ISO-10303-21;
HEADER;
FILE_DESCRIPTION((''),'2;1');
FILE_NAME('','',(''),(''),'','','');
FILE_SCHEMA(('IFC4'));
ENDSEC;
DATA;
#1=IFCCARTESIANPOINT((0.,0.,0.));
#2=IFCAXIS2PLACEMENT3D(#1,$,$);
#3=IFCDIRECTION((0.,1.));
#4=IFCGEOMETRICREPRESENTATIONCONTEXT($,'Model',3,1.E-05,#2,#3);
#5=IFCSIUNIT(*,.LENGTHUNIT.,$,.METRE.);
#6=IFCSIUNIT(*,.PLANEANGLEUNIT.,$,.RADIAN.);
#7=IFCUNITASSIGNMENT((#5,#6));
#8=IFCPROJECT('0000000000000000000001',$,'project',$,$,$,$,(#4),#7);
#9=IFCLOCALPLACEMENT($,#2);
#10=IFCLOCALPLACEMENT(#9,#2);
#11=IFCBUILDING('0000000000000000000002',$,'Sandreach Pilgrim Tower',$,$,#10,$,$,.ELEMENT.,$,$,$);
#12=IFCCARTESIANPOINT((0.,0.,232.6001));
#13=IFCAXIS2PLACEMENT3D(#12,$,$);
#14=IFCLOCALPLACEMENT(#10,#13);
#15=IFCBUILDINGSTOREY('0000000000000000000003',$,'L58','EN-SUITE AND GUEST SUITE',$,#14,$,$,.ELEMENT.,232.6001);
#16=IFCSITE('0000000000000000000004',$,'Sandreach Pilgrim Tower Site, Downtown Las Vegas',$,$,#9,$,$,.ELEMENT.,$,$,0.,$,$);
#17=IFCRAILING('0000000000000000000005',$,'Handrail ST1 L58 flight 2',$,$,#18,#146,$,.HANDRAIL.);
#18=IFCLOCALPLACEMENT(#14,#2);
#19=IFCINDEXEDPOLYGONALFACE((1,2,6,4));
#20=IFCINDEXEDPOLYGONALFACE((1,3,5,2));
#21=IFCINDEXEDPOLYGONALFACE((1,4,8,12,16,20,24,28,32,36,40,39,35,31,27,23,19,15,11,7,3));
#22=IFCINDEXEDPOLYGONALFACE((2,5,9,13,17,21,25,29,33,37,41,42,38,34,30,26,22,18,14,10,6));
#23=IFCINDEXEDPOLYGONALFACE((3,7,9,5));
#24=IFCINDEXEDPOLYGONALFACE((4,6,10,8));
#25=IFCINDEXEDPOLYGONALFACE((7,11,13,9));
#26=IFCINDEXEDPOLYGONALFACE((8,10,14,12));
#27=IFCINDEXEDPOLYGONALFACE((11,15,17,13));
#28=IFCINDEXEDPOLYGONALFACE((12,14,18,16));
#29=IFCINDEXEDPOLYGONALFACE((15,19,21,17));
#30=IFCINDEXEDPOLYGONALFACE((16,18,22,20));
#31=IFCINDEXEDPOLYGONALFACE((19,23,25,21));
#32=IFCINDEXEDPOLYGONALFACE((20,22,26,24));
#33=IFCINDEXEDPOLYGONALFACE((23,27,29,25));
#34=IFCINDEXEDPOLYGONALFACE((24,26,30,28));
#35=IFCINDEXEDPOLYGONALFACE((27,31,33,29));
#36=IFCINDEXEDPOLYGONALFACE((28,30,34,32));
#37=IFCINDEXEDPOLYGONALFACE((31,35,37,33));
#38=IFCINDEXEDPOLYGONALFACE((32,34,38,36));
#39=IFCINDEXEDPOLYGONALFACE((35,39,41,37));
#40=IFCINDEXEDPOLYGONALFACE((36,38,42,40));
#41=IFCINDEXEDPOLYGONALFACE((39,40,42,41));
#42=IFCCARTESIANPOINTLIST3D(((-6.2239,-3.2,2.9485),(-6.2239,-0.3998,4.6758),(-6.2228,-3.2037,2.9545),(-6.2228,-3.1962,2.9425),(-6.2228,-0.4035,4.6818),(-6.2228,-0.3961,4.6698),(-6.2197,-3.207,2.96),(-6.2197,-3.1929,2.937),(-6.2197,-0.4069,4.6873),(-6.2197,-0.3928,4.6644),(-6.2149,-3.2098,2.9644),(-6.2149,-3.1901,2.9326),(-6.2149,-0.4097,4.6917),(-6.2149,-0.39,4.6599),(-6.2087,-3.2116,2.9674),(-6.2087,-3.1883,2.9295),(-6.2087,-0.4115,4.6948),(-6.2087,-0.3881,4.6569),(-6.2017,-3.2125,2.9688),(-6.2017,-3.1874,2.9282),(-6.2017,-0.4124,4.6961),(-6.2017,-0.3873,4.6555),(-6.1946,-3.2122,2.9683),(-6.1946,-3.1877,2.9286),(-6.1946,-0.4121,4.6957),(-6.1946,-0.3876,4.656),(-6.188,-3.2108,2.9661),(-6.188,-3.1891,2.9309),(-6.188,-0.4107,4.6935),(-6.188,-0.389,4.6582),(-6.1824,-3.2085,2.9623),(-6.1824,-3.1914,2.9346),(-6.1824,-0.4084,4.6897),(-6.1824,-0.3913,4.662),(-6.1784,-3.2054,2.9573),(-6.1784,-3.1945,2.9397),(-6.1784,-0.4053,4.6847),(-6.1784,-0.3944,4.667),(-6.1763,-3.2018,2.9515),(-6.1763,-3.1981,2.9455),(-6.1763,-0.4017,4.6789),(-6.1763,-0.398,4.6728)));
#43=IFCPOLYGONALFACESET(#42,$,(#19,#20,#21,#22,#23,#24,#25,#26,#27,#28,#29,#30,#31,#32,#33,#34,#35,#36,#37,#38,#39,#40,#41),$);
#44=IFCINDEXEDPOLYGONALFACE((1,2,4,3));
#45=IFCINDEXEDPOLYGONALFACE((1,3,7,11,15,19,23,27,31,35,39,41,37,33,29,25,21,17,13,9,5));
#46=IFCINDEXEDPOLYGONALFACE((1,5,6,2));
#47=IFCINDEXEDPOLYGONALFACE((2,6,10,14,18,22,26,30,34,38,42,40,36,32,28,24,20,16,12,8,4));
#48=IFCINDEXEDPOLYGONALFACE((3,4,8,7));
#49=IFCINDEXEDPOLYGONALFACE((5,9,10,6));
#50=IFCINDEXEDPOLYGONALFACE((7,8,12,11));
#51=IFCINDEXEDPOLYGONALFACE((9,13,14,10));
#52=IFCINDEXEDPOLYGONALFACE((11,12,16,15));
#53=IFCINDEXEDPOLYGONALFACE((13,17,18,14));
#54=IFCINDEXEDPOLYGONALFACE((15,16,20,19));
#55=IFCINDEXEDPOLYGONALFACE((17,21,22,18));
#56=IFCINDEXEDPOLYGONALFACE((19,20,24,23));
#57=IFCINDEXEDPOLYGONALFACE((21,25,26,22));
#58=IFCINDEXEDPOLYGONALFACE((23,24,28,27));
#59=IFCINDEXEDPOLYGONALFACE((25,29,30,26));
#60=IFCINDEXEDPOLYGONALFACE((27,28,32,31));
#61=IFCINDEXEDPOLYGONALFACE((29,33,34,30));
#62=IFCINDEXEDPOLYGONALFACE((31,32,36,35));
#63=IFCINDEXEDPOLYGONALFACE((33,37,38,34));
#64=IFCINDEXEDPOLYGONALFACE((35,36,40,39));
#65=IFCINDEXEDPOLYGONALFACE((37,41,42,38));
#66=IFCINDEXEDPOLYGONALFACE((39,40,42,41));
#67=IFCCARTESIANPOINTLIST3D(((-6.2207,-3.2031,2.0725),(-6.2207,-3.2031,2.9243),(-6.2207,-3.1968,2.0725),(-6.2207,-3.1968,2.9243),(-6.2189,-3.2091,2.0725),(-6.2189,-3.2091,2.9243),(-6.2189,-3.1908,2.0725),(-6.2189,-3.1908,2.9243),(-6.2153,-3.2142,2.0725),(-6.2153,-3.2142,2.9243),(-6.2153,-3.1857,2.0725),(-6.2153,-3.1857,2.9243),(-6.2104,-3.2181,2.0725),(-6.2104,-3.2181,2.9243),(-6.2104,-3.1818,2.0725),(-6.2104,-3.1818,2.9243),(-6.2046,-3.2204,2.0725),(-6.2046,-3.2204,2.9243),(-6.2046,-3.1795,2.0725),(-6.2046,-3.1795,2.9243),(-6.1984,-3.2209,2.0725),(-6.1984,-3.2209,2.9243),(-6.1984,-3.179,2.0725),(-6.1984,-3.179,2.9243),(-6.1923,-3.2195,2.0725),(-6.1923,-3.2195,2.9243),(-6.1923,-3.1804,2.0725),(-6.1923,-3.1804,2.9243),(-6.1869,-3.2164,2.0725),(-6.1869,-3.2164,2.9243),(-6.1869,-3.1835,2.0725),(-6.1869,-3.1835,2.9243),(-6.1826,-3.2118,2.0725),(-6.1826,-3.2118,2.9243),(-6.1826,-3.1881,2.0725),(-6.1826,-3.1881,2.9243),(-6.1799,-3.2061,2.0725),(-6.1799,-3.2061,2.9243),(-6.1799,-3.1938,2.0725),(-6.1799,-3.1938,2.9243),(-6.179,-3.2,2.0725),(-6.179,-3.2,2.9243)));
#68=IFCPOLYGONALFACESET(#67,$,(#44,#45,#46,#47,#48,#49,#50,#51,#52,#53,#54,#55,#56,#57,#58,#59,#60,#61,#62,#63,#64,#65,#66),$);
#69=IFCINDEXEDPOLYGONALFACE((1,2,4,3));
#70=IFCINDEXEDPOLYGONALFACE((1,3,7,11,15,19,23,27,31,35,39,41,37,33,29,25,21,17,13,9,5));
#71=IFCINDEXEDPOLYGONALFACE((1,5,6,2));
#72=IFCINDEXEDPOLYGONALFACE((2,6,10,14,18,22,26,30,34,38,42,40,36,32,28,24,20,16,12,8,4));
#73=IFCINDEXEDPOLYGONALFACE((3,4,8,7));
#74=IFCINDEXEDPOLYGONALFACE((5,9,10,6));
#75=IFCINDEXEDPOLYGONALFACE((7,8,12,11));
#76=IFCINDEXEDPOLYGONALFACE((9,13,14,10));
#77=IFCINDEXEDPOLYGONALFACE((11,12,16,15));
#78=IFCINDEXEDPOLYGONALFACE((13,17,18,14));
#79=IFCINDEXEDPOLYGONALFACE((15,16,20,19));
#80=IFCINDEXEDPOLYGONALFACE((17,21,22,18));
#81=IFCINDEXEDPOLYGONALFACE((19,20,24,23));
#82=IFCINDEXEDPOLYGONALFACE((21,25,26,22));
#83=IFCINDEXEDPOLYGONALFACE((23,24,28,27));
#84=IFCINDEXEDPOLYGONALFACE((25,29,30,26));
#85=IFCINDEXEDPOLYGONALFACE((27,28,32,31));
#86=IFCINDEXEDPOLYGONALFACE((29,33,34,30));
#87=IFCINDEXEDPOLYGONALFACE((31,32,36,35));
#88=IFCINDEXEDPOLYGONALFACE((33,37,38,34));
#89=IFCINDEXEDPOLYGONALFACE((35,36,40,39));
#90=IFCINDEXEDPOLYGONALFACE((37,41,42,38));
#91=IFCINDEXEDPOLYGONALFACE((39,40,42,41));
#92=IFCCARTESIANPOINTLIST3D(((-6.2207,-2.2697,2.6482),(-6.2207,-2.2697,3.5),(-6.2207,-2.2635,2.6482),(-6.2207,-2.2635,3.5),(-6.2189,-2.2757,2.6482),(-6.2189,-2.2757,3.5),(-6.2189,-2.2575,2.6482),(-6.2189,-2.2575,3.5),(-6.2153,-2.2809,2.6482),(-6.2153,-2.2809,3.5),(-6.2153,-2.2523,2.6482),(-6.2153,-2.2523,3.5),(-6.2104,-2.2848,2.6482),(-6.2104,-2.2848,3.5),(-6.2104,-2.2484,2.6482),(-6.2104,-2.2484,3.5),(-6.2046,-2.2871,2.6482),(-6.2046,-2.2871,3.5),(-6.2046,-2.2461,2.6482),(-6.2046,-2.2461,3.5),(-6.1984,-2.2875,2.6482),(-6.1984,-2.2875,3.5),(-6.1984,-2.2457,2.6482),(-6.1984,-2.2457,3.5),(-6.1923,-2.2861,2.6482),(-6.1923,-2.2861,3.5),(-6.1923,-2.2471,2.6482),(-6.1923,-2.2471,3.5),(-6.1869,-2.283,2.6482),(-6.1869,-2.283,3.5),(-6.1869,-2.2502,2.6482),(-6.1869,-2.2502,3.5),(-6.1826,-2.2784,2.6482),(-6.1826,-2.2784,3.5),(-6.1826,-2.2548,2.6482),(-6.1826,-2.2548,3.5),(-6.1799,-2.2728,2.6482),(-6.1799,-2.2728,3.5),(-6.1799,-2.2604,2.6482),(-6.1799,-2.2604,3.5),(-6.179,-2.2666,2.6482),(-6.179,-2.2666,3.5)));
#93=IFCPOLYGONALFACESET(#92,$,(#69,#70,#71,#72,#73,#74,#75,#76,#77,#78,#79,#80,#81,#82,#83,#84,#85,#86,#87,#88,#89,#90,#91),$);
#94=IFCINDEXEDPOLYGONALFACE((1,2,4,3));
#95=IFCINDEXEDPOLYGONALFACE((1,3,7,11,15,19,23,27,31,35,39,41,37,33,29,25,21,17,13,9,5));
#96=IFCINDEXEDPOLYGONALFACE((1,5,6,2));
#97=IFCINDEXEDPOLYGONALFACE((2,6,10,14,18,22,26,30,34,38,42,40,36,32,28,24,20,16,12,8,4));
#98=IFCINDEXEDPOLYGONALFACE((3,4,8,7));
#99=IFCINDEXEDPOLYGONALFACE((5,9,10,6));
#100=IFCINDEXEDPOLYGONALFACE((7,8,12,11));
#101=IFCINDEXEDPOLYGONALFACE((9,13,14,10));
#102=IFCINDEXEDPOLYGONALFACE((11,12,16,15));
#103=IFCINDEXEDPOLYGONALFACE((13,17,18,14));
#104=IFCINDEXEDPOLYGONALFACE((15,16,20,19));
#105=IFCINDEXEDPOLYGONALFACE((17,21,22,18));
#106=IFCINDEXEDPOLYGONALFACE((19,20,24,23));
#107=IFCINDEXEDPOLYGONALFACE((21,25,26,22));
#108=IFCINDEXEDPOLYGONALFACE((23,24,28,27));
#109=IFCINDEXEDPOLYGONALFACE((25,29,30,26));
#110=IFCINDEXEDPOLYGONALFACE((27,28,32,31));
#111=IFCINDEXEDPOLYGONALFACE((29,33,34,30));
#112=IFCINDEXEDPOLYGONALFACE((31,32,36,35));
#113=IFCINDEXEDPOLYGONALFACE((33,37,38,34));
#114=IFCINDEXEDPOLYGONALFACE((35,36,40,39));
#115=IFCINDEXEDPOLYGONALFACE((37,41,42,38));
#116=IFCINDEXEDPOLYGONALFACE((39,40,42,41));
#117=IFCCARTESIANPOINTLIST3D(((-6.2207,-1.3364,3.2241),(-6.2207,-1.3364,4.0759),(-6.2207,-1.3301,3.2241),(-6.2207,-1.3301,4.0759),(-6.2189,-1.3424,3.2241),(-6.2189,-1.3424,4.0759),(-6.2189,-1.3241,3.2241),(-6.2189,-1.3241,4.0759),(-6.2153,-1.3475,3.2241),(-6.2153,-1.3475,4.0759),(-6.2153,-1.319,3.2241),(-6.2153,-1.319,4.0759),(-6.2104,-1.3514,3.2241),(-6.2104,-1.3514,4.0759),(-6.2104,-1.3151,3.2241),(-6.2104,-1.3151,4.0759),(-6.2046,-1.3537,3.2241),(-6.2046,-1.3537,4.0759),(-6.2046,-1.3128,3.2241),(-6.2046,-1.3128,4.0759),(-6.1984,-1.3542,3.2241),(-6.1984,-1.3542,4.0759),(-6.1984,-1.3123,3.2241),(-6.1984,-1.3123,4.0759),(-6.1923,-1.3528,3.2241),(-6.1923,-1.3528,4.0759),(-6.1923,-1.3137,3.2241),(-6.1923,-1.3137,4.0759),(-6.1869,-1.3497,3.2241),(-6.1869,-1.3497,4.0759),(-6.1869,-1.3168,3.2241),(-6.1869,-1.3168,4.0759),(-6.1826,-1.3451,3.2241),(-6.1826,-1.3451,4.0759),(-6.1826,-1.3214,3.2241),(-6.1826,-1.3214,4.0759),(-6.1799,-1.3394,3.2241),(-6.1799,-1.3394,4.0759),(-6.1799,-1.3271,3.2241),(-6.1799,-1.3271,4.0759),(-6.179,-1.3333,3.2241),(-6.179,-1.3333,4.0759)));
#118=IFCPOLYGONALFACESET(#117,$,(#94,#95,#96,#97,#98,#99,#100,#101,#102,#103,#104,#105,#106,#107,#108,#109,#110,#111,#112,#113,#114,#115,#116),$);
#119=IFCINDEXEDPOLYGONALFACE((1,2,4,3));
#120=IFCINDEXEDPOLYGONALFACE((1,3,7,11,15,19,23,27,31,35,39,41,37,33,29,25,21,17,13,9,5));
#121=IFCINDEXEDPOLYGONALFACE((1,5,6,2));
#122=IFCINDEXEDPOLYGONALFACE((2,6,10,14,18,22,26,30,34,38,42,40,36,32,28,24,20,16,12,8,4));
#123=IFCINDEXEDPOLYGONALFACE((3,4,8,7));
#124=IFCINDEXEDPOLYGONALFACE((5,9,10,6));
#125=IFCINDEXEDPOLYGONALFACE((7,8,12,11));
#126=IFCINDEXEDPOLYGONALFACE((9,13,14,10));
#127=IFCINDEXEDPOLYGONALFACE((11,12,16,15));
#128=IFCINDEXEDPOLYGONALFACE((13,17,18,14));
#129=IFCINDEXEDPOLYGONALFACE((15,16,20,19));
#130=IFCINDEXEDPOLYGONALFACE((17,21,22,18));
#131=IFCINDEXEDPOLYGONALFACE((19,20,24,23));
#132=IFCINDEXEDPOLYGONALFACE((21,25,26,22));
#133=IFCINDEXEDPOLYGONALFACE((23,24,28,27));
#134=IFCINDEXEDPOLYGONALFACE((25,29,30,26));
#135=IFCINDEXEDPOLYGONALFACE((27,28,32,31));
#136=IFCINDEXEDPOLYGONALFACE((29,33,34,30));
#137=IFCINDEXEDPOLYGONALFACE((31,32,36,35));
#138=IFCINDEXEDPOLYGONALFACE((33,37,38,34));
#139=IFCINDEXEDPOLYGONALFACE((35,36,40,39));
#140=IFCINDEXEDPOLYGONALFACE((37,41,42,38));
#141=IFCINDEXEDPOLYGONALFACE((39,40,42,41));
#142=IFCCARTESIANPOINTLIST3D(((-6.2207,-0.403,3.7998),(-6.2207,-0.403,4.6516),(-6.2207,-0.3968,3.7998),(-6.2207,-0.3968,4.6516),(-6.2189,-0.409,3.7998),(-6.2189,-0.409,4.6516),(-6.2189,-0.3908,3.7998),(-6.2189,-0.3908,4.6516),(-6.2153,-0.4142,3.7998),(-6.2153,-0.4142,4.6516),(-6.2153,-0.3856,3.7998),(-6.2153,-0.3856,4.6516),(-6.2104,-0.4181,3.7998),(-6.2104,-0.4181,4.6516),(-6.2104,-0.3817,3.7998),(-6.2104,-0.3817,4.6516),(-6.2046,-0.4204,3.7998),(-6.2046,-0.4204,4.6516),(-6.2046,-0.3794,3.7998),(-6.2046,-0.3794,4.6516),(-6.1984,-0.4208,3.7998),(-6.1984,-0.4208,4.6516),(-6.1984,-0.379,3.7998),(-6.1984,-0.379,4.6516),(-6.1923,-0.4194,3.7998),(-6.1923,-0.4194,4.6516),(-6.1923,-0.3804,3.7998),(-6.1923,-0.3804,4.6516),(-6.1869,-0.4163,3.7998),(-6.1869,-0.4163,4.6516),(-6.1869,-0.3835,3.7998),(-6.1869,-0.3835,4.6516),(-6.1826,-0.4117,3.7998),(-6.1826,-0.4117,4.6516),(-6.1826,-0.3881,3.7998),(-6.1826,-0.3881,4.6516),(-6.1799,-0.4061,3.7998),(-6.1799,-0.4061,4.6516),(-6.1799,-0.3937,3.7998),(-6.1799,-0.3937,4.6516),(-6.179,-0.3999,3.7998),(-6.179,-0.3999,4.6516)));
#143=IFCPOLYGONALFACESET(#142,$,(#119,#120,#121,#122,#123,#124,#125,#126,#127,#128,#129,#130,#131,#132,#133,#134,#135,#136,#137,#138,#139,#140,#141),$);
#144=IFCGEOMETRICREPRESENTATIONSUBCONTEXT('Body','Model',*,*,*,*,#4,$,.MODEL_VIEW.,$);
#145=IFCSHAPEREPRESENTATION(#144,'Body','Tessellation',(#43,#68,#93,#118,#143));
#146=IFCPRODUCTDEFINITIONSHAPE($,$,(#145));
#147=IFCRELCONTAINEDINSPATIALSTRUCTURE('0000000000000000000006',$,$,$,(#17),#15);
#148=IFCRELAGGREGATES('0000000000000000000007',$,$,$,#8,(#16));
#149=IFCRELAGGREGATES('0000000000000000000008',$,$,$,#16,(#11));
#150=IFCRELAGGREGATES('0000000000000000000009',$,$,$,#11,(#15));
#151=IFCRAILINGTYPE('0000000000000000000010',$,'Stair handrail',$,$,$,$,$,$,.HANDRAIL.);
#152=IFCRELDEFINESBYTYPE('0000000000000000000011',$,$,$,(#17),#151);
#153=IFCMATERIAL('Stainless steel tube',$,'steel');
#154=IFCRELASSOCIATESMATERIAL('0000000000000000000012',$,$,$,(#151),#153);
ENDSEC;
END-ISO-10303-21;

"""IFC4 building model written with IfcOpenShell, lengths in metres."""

from ifc_helpers import new_model, si_unit, direction, frame, origin, origin_2d, place, context, subcontext, project, spatial, circle, extrude, material, type_object, element, save


model = new_model("IFC4")

# Units and contexts
model_context = context("Model", 3, precision=1e-05, world=origin(), true_north=direction((0.0, 1.0)))
body_context = subcontext(model_context, "Body", "Model", "MODEL_VIEW")
ifc_project = project(units=[si_unit("LENGTHUNIT", "METRE"), si_unit("PLANEANGLEUNIT", "RADIAN")], contexts=[model_context])

# Site, building, storey
site_placement = place(None, origin())
site = spatial("IfcSite", under=ifc_project, at=site_placement, Name="Sandreach Pilgrim Tower Site, Downtown Las Vegas", CompositionType="ELEMENT", RefElevation=0.0)
building_placement = place(site_placement, origin())
building = spatial("IfcBuilding", under=site, at=building_placement, Name="Sandreach Pilgrim Tower", CompositionType="ELEMENT")
storey_placement = place(building_placement, frame((0.0, 0.0, 232.6001)))
storey = spatial("IfcBuildingStorey", under=building, at=storey_placement, Name="L58", Description="EN-SUITE AND GUEST SUITE", CompositionType="ELEMENT", Elevation=232.6001)

# Railing
ifc_material_1 = material(Name="Stainless steel tube", Category="steel")
railing_type = type_object("IfcRailingType", Name="Stair handrail", PredefinedType="HANDRAIL", material=ifc_material_1)
for number, where, name in (
    (1, (-6.2, -3.2, 2.0725), "Handrail ST1 L58 flight 2"),
):
    element("IfcRailing", number, at=place(storey_placement, frame(where)), inside=storey, type_object=railing_type, Name=name, PredefinedType="HANDRAIL", context=body_context, shape_type="SweptSolid", body=[
        extrude(circle(Radius=0.0239, at=origin_2d()), frame((0.0, 0.0, 0.876), z_axis=(0.0, 0.85109, 0.52502), x_axis=(-1.0, 0.0, 0.0)), (0.0, 0.0, 1.0), 3.29),
        extrude(circle(Radius=0.021, at=origin_2d()), origin(), (0.0, 0.0, 1.0), 0.8518),
        extrude(circle(Radius=0.021, at=origin_2d()), frame((0.0, 0.9333, 0.5757)), (0.0, 0.0, 1.0), 0.8518),
        extrude(circle(Radius=0.021, at=origin_2d()), frame((0.0, 1.8667, 1.1516)), (0.0, 0.0, 1.0), 0.8518),
        extrude(circle(Radius=0.021, at=origin_2d()), frame((0.0, 2.8, 1.7273)), (0.0, 0.0, 1.0), 0.8518),
    ])

save(model, "model.ifc")
